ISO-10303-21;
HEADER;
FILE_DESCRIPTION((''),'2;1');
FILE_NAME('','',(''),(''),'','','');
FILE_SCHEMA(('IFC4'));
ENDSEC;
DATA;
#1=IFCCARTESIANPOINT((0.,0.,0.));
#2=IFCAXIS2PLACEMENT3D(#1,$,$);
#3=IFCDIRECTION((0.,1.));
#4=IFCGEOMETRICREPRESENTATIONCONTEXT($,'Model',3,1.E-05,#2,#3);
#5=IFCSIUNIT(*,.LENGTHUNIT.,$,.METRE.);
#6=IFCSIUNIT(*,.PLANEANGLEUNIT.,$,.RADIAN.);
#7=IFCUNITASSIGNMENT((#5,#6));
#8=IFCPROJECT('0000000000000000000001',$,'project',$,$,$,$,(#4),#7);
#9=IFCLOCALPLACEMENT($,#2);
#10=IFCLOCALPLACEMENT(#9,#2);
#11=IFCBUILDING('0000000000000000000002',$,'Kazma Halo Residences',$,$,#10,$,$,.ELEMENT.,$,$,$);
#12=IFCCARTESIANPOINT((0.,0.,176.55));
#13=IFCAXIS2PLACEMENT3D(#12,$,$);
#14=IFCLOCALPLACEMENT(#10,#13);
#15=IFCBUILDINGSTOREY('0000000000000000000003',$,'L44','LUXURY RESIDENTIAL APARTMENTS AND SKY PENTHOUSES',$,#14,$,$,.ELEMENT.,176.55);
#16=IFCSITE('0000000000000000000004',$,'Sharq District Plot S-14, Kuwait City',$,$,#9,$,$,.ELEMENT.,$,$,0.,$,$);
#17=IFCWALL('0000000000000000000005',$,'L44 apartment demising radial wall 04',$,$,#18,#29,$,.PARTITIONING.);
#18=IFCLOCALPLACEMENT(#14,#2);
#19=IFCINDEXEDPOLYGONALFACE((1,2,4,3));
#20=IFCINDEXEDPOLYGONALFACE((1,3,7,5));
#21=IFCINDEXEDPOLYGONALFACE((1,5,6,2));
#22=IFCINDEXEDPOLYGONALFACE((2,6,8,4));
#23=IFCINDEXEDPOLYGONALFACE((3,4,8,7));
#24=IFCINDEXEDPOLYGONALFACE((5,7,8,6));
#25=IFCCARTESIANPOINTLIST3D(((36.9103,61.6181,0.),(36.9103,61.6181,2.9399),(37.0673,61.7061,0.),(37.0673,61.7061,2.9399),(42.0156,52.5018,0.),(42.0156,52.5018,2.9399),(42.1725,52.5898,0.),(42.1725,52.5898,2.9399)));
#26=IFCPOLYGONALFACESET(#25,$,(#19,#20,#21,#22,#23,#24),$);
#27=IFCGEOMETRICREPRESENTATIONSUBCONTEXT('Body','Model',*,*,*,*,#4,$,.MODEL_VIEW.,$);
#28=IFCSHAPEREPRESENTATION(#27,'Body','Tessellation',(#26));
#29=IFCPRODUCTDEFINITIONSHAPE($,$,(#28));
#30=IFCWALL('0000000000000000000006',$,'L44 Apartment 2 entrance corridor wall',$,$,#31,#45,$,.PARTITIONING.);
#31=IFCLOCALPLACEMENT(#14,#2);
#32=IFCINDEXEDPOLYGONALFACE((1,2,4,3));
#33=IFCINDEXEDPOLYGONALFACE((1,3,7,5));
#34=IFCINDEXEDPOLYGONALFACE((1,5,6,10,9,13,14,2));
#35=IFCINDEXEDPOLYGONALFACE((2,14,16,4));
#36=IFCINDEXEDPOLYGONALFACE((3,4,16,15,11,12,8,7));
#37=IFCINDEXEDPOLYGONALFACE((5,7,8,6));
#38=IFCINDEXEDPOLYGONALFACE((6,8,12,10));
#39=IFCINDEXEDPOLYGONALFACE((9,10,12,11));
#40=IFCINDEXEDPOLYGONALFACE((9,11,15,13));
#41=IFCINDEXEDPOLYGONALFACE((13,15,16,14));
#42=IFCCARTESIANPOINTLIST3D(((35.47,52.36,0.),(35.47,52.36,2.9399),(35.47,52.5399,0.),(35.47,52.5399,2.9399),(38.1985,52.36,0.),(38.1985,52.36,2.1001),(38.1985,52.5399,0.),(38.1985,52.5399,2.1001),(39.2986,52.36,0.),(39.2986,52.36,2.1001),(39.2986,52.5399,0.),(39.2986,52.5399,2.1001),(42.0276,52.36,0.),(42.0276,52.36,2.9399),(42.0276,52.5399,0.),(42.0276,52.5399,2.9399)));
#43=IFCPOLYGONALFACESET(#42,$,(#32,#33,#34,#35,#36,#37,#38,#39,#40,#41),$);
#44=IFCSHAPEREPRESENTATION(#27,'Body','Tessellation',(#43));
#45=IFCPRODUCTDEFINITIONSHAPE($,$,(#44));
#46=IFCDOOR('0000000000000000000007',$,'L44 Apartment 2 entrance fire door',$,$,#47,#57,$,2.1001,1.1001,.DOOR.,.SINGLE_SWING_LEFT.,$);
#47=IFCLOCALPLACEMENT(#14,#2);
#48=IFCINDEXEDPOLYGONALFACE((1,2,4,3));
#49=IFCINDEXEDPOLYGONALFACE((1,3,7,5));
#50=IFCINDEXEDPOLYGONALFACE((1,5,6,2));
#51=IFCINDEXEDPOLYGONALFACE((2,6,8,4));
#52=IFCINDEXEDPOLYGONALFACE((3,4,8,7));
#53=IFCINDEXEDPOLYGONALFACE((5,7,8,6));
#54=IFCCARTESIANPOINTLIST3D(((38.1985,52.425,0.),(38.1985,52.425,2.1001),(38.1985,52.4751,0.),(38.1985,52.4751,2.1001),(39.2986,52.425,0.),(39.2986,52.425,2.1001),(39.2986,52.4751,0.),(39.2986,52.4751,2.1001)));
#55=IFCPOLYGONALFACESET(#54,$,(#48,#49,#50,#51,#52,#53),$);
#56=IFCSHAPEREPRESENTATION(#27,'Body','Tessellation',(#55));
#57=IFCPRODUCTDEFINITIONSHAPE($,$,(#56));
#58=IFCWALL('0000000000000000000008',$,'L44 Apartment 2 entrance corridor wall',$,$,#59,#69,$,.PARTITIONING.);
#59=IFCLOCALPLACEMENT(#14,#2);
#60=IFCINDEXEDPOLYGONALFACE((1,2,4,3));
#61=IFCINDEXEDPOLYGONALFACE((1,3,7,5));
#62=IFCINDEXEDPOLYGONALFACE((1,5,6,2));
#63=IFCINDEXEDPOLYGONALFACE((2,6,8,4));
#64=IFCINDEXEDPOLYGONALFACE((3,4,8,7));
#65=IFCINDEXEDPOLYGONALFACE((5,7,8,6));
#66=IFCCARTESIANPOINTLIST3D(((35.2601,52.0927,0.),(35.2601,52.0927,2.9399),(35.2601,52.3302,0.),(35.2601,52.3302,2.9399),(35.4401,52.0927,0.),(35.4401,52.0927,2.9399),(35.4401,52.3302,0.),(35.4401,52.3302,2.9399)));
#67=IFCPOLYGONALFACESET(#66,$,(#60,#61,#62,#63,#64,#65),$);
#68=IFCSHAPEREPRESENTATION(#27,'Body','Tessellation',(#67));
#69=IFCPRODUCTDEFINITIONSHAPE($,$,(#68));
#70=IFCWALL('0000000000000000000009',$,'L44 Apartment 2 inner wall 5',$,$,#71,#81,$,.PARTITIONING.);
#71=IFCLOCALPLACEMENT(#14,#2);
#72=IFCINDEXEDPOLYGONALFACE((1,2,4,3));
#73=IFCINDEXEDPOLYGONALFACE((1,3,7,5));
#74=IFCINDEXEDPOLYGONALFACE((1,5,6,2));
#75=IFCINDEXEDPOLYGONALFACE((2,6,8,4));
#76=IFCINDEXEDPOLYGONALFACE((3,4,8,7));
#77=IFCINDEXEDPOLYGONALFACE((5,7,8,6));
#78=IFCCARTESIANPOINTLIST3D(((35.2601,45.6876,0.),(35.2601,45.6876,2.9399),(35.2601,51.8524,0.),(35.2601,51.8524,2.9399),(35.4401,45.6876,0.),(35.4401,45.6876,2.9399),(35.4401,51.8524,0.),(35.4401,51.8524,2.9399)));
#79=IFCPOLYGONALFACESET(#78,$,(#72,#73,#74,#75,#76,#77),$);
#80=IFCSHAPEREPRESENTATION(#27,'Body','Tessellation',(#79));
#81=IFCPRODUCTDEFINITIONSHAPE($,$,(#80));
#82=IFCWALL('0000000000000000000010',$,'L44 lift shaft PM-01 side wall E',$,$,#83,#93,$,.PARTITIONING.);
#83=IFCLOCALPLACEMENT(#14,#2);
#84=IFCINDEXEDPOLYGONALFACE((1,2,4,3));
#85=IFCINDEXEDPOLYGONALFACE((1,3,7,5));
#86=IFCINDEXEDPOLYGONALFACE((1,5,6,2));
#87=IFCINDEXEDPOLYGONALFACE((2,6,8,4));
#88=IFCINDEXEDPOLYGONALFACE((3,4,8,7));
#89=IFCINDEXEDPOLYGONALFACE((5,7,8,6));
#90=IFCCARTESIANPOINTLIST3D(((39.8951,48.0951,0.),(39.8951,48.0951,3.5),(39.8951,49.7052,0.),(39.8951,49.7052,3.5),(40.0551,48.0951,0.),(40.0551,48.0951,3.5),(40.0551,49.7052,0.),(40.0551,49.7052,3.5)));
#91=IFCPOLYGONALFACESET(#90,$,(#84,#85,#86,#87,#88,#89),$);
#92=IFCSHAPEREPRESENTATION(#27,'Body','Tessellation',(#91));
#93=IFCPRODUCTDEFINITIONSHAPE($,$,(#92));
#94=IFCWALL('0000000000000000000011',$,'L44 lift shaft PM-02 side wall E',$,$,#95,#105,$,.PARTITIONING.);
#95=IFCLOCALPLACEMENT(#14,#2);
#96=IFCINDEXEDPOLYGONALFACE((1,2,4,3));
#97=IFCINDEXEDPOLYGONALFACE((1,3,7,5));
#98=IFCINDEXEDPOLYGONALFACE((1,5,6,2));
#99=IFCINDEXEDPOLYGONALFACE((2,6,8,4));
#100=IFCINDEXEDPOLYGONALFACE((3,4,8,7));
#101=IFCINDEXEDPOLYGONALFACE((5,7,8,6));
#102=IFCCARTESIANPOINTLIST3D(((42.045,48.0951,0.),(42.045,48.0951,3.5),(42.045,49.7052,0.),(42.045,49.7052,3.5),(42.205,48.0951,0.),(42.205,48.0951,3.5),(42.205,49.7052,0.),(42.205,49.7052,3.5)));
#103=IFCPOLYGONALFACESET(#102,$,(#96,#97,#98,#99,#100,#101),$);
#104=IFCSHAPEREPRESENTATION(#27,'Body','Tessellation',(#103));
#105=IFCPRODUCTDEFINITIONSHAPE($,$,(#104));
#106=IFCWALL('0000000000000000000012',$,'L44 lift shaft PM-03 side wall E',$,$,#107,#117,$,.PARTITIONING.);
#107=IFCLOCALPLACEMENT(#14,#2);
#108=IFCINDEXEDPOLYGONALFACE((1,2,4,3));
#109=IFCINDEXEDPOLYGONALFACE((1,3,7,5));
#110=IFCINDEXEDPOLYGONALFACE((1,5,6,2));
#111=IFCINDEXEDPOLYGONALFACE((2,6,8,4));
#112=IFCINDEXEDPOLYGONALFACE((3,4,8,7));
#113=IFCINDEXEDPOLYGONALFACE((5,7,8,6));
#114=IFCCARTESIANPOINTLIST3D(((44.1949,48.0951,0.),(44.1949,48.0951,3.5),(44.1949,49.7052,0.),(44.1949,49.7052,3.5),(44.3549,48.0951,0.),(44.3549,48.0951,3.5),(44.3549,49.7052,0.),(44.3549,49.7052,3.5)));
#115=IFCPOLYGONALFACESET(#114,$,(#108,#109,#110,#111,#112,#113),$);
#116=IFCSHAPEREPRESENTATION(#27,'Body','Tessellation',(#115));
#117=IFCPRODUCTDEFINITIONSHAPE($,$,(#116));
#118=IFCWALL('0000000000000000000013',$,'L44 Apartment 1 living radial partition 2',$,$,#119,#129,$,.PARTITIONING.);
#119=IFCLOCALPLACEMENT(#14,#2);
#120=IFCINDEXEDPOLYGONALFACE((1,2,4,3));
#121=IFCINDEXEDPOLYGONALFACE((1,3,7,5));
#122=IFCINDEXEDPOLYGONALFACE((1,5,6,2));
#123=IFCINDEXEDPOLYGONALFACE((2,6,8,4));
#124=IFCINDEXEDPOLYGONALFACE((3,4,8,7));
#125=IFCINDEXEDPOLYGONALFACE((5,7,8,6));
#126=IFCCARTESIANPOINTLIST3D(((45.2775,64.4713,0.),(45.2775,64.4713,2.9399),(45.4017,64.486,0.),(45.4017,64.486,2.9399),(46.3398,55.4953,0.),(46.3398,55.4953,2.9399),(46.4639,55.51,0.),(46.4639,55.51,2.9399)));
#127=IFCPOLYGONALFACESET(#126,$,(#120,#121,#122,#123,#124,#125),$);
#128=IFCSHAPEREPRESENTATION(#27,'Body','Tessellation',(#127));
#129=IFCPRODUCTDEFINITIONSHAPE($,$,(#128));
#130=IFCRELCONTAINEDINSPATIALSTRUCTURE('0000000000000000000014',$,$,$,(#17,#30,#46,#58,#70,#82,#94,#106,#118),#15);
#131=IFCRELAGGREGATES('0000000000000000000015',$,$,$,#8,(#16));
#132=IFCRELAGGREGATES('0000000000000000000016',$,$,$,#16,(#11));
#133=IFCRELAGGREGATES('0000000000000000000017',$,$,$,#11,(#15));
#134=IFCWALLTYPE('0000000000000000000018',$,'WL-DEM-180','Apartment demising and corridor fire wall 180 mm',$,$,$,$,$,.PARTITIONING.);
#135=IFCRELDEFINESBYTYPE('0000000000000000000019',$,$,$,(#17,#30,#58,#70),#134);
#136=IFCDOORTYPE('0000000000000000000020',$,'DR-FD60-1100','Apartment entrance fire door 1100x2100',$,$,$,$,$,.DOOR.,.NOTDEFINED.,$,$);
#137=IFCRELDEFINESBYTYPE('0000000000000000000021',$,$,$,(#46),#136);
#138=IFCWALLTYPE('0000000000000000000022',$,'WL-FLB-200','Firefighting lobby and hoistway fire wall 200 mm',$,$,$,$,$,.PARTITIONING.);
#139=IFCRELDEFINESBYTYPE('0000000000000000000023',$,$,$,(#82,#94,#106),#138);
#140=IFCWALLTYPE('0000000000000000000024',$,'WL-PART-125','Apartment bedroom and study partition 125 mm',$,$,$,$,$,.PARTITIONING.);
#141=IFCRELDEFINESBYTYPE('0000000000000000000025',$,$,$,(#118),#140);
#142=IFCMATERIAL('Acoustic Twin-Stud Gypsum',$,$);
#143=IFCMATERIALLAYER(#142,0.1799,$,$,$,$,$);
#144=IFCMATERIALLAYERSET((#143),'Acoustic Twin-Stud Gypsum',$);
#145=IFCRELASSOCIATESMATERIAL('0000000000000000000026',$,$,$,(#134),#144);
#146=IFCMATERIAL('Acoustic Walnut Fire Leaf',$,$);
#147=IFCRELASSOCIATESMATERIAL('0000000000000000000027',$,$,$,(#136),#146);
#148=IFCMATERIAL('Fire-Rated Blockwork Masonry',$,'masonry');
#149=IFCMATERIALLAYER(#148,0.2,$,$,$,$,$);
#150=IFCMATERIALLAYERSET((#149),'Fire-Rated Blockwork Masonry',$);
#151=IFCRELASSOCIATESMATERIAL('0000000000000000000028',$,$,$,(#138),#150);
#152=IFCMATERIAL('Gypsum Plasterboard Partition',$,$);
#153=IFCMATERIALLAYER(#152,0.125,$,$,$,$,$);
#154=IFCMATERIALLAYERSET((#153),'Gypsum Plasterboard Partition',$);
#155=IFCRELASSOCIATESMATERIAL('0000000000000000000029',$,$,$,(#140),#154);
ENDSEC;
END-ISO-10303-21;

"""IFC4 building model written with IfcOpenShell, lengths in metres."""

from ifc_helpers import new_model, si_unit, direction, frame, frame_2d, origin, place, context, subcontext, project, spatial, rectangle, extrude, material, layer, layer_set, type_object, element, fill, save


model = new_model("IFC4")

# Units and contexts
model_context = context("Model", 3, precision=1e-05, world=origin(), true_north=direction((0.0, 1.0)))
body_context = subcontext(model_context, "Body", "Model", "MODEL_VIEW")
ifc_project = project(units=[si_unit("LENGTHUNIT", "METRE"), si_unit("PLANEANGLEUNIT", "RADIAN")], contexts=[model_context])

# Site, building, storey
site_placement = place(None, origin())
site = spatial("IfcSite", under=ifc_project, at=site_placement, Name="Sharq District Plot S-14, Kuwait City", CompositionType="ELEMENT", RefElevation=0.0)
building_placement = place(site_placement, origin())
building = spatial("IfcBuilding", under=site, at=building_placement, Name="Kazma Halo Residences", CompositionType="ELEMENT")
storey_placement = place(building_placement, frame((0.0, 0.0, 176.55)))
storey = spatial("IfcBuildingStorey", under=building, at=storey_placement, Name="L44", Description="LUXURY RESIDENTIAL APARTMENTS AND SKY PENTHOUSES", CompositionType="ELEMENT", Elevation=176.55)

# Wall
ifc_material_1 = material(Name="Acoustic Twin-Stud Gypsum")
ifc_layer_1 = layer(ifc_material_1, 0.1799)
ifc_layer_set_1 = layer_set([ifc_layer_1], Name="Acoustic Twin-Stud Gypsum")
wall_type_1 = type_object("IfcWallType", Name="WL-DEM-180", Description="Apartment demising and corridor fire wall 180 mm", PredefinedType="PARTITIONING", material=ifc_layer_set_1)
wall_1_placement = place(storey_placement, frame((42.094, 52.5459, 0.0), z_axis=(0.0, 0.0, 1.0), x_axis=(-0.488614, 0.8725, 0.0)))
element("IfcWall", 1, at=wall_1_placement, inside=storey, type_object=wall_type_1, Name="L44 apartment demising radial wall 04", PredefinedType="PARTITIONING", context=body_context, shape_type="SweptSolid", body=[
    extrude(rectangle(XDim=10.4485, YDim=0.1799, at=frame_2d((5.2241, 0.0))), origin(), (0.0, 0.0, 1.0), 2.9399),
])

# Wall, opening, door
wall_2_placement = place(storey_placement, frame((42.0276, 52.45, 0.0), z_axis=(0.0, 0.0, 1.0), x_axis=(-1.0, 0.0, 0.0)))
wall_2 = element("IfcWall", 2, at=wall_2_placement, inside=storey, type_object=wall_type_1, Name="L44 Apartment 2 entrance corridor wall", PredefinedType="PARTITIONING", context=body_context, shape_type="SweptSolid", body=[
    extrude(rectangle(XDim=6.5576, YDim=0.1799, at=frame_2d((3.2788, 0.0))), origin(), (0.0, 0.0, 1.0), 2.9399),
])
opening_1_placement = place(wall_2_placement, frame((2.729, 0.0, 0.0)))
opening_1 = element("IfcOpeningElement", 3, at=opening_1_placement, cuts=wall_2, PredefinedType="OPENING", context=body_context, shape_type="SweptSolid", body=[
    extrude(rectangle(XDim=1.1001, YDim=2.1001, at=frame_2d((0.55, 1.05))), frame((0.0, 0.0999, 0.0), z_axis=(0.0, -1.0, 0.0), x_axis=(1.0, 0.0, 0.0)), (0.0, 0.0, 1.0), 0.2),
])
ifc_material_2 = material(Name="Acoustic Walnut Fire Leaf")
door_type_1 = type_object("IfcDoorType", Name="DR-FD60-1100", Description="Apartment entrance fire door 1100x2100", OperationType="NOTDEFINED", PredefinedType="DOOR", material=ifc_material_2)
door_1_placement = place(opening_1_placement, origin())
door_1 = element("IfcDoor", 4, at=door_1_placement, inside=storey, type_object=door_type_1, Name="L44 Apartment 2 entrance fire door", OperationType="SINGLE_SWING_LEFT", OverallHeight=2.1001, OverallWidth=1.1001, PredefinedType="DOOR", context=body_context, shape_type="SweptSolid", body=[
    extrude(rectangle(XDim=1.1001, YDim=2.1001, at=frame_2d((0.55, 1.05))), frame((0.0, 0.0249, 0.0), z_axis=(0.0, -1.0, 0.0), x_axis=(1.0, 0.0, 0.0)), (0.0, 0.0, 1.0), 0.05),
])
fill(opening_1, door_1)

# Walls
wall_3_placement = place(storey_placement, frame((35.3501, 52.3301, 0.0), z_axis=(0.0, 0.0, 1.0), x_axis=(0.0, -1.0, 0.0)))
element("IfcWall", 5, at=wall_3_placement, inside=storey, type_object=wall_type_1, Name="L44 Apartment 2 entrance corridor wall", PredefinedType="PARTITIONING", context=body_context, shape_type="SweptSolid", body=[
    extrude(rectangle(XDim=0.2375, YDim=0.1799, at=frame_2d((0.1187, 0.0))), origin(), (0.0, 0.0, 1.0), 2.9399),
])
wall_4_placement = place(storey_placement, frame((35.3501, 51.8525, 0.0), z_axis=(0.0, 0.0, 1.0), x_axis=(0.0, -1.0, 0.0)))
element("IfcWall", 6, at=wall_4_placement, inside=storey, type_object=wall_type_1, Name="L44 Apartment 2 inner wall 5", PredefinedType="PARTITIONING", context=body_context, shape_type="SweptSolid", body=[
    extrude(rectangle(XDim=6.1648, YDim=0.1799, at=frame_2d((3.0825, 0.0))), origin(), (0.0, 0.0, 1.0), 2.9399),
])

# Walls
ifc_material_3 = material(Name="Fire-Rated Blockwork Masonry", Category="masonry")
ifc_layer_2 = layer(ifc_material_3, 0.2)
ifc_layer_set_2 = layer_set([ifc_layer_2], Name="Fire-Rated Blockwork Masonry")
wall_type_2 = type_object("IfcWallType", Name="WL-FLB-200", Description="Firefighting lobby and hoistway fire wall 200 mm", PredefinedType="PARTITIONING", material=ifc_layer_set_2)
for number, where, z_axis, x_axis, name in (
    (7, (39.9751, 48.095, 0.0), (0.0, 0.0, 1.0), (0.0, 1.0, 0.0), "L44 lift shaft PM-01 side wall E"),
    (8, (42.125, 48.095, 0.0), (0.0, 0.0, 1.0), (0.0, 1.0, 0.0), "L44 lift shaft PM-02 side wall E"),
    (9, (44.2749, 48.095, 0.0), (0.0, 0.0, 1.0), (0.0, 1.0, 0.0), "L44 lift shaft PM-03 side wall E"),
):
    element("IfcWall", number, at=place(storey_placement, frame(where, z_axis=z_axis, x_axis=x_axis)), inside=storey, type_object=wall_type_2, Name=name, PredefinedType="PARTITIONING", context=body_context, shape_type="SweptSolid", body=[
        extrude(rectangle(XDim=1.6101, YDim=0.1599, at=frame_2d((0.8052, 0.0))), origin(), (0.0, 0.0, 1.0), 3.5),
    ])
ifc_material_4 = material(Name="Gypsum Plasterboard Partition")
ifc_layer_3 = layer(ifc_material_4, 0.125)
ifc_layer_set_3 = layer_set([ifc_layer_3], Name="Gypsum Plasterboard Partition")
wall_type_3 = type_object("IfcWallType", Name="WL-PART-125", Description="Apartment bedroom and study partition 125 mm", PredefinedType="PARTITIONING", material=ifc_layer_set_3)
wall_5_placement = place(storey_placement, frame((46.4019, 55.5027, 0.0), z_axis=(0.0, 0.0, 1.0), x_axis=(-0.117526, 0.99307, 0.0)))
element("IfcWall", 10, at=wall_5_placement, inside=storey, type_object=wall_type_3, Name="L44 Apartment 1 living radial partition 2", PredefinedType="PARTITIONING", context=body_context, shape_type="SweptSolid", body=[
    extrude(rectangle(XDim=9.0386, YDim=0.125, at=frame_2d((4.5193, 0.0))), origin(), (0.0, 0.0, 1.0), 2.9399),
])

save(model, "model.ifc")
